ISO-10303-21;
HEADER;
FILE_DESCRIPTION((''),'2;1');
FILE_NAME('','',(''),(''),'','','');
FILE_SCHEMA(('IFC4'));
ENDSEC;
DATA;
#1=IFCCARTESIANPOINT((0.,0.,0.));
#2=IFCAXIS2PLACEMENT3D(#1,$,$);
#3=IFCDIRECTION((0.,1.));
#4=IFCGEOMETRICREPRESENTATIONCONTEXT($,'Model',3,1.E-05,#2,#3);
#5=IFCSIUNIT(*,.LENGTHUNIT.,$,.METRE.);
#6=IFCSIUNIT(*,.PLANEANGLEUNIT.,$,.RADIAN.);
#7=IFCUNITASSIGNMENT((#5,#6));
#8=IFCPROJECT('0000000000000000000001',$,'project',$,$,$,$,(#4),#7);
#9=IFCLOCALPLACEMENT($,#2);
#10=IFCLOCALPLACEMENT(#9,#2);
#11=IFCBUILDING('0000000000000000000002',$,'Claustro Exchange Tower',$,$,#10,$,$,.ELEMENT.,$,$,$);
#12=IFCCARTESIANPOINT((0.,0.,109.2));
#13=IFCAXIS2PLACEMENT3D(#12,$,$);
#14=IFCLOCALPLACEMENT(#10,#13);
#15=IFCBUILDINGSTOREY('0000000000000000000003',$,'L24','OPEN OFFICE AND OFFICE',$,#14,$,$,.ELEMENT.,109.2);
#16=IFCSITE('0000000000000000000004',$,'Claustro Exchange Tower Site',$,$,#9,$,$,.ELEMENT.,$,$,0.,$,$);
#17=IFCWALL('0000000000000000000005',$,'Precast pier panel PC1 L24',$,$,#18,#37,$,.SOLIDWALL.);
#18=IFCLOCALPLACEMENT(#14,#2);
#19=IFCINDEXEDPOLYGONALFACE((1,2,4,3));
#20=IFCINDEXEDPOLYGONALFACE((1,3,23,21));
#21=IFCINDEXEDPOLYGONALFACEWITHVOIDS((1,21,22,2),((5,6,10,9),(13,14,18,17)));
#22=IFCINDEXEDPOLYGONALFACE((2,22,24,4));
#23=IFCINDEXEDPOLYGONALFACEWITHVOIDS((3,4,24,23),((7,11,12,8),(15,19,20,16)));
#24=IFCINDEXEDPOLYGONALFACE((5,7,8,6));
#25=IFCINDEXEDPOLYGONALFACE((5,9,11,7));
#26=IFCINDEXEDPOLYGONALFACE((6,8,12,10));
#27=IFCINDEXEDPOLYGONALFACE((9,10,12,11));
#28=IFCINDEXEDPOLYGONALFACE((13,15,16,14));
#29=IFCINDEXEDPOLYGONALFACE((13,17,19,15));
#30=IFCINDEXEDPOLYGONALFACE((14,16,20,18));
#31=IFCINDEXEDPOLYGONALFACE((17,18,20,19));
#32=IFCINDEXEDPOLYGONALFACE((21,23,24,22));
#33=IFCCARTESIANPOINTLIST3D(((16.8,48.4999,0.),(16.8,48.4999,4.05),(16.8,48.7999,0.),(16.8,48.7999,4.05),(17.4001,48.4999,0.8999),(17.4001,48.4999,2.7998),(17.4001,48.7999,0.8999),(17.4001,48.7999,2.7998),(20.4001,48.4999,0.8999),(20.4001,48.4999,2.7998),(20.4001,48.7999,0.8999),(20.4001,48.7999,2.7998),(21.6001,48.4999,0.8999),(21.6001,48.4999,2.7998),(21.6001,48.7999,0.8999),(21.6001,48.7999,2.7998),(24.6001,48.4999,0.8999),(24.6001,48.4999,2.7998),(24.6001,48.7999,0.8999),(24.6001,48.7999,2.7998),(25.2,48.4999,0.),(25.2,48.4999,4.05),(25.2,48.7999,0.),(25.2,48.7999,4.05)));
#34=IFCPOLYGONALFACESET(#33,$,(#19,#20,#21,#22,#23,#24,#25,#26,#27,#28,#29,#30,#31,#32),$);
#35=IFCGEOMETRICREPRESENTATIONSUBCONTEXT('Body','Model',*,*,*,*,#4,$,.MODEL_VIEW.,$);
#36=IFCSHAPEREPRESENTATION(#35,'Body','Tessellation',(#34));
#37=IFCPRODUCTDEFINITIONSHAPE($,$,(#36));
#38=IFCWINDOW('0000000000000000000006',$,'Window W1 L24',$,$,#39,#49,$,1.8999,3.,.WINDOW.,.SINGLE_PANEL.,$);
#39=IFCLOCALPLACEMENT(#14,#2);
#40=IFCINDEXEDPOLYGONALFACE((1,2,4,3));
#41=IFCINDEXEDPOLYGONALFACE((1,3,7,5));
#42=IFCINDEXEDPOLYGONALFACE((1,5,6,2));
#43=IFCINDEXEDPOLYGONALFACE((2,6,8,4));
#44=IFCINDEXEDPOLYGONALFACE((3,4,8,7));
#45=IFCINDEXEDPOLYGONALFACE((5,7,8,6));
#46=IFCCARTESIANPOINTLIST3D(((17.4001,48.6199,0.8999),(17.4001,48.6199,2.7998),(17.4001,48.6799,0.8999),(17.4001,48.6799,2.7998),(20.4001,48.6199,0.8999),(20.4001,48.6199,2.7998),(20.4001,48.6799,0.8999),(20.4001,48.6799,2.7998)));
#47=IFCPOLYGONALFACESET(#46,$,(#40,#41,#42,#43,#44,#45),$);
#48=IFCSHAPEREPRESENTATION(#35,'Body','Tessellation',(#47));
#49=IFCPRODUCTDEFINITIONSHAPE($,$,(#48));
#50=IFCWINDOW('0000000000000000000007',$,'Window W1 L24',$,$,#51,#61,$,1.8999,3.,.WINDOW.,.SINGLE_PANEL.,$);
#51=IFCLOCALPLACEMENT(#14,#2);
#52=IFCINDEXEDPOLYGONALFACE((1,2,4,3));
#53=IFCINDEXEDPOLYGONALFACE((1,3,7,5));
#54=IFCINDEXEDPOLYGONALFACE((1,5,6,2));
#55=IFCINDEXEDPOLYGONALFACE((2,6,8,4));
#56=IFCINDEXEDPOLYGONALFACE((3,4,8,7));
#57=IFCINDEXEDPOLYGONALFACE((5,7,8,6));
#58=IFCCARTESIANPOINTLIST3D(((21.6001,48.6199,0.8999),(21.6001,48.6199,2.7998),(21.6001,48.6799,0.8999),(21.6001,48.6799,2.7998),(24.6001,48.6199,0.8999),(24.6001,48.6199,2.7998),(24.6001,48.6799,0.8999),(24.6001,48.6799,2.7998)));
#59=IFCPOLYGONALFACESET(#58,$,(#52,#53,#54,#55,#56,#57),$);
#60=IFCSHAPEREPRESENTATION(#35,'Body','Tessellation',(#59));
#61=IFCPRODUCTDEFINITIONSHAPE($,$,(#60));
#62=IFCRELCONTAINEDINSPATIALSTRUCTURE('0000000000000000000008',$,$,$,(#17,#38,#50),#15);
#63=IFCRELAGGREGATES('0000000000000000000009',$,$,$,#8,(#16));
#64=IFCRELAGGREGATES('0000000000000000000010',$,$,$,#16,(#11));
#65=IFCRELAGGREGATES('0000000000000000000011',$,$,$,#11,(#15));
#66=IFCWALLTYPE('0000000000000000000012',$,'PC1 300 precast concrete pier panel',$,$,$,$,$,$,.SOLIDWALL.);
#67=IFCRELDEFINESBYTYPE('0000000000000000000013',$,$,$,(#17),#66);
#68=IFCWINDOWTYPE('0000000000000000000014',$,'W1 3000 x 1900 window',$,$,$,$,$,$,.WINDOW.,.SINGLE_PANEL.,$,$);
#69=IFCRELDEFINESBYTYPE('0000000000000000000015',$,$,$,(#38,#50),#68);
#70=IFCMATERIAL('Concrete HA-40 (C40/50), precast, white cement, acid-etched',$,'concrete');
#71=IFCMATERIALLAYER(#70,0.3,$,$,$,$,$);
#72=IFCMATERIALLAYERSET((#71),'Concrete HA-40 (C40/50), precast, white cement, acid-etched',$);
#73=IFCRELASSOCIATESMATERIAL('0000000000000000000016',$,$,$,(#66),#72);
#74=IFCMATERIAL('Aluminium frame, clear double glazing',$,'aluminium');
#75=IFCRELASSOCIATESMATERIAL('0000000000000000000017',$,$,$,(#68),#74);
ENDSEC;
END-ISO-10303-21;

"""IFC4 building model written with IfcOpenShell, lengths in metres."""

from ifc_helpers import new_model, si_unit, direction, frame, frame_2d, origin, place, context, subcontext, project, spatial, rectangle, extrude, material, layer, layer_set, type_object, element, fill, save


model = new_model("IFC4")

# Units and contexts
model_context = context("Model", 3, precision=1e-05, world=origin(), true_north=direction((0.0, 1.0)))
body_context = subcontext(model_context, "Body", "Model", "MODEL_VIEW")
ifc_project = project(units=[si_unit("LENGTHUNIT", "METRE"), si_unit("PLANEANGLEUNIT", "RADIAN")], contexts=[model_context])

# Site, building, storey
site_placement = place(None, origin())
site = spatial("IfcSite", under=ifc_project, at=site_placement, Name="Claustro Exchange Tower Site", CompositionType="ELEMENT", RefElevation=0.0)
building_placement = place(site_placement, origin())
building = spatial("IfcBuilding", under=site, at=building_placement, Name="Claustro Exchange Tower", CompositionType="ELEMENT")
storey_placement = place(building_placement, frame((0.0, 0.0, 109.2)))
storey = spatial("IfcBuildingStorey", under=building, at=storey_placement, Name="L24", Description="OPEN OFFICE AND OFFICE", CompositionType="ELEMENT", Elevation=109.2)

# Wall, openings, windows
ifc_material_1 = material(Name="Concrete HA-40 (C40/50), precast, white cement, acid-etched", Category="concrete")
ifc_layer_1 = layer(ifc_material_1, 0.3)
ifc_layer_set_1 = layer_set([ifc_layer_1], Name="Concrete HA-40 (C40/50), precast, white cement, acid-etched")
wall_type_1 = type_object("IfcWallType", Name="PC1 300 precast concrete pier panel", PredefinedType="SOLIDWALL", material=ifc_layer_set_1)
ifc_material_2 = material(Name="Aluminium frame, clear double glazing", Category="aluminium")
window_type = type_object("IfcWindowType", Name="W1 3000 x 1900 window", PartitioningType="SINGLE_PANEL", PredefinedType="WINDOW", material=ifc_material_2)
wall_1_placement = place(storey_placement, frame((16.8, 48.6499, 0.0), z_axis=(0.0, 0.0, 1.0), x_axis=(1.0, 0.0, 0.0)))
wall_1 = element("IfcWall", 1, at=wall_1_placement, inside=storey, type_object=wall_type_1, Name="Precast pier panel PC1 L24", PredefinedType="SOLIDWALL", context=body_context, shape_type="SweptSolid", body=[
    extrude(rectangle(XDim=8.3999, YDim=0.3, at=frame_2d((4.2, 0.0))), origin(), (0.0, 0.0, 1.0), 4.05),
])
opening_1_placement = place(wall_1_placement, frame((0.6001, 0.0, 0.8999)))
opening_1 = element("IfcOpeningElement", 2, at=opening_1_placement, cuts=wall_1, PredefinedType="OPENING", context=body_context, shape_type="SweptSolid", body=[
    extrude(rectangle(XDim=3.0, YDim=1.8999, at=frame_2d((1.5, 0.95))), frame((0.0, 0.1599, 0.0), z_axis=(0.0, -1.0, 0.0), x_axis=(1.0, 0.0, 0.0)), (0.0, 0.0, 1.0), 0.3201),
])
opening_2_placement = place(wall_1_placement, frame((4.8, 0.0, 0.8999)))
opening_2 = element("IfcOpeningElement", 3, at=opening_2_placement, cuts=wall_1, PredefinedType="OPENING", context=body_context, shape_type="SweptSolid", body=[
    extrude(rectangle(XDim=3.0, YDim=1.8999, at=frame_2d((1.5, 0.95))), frame((0.0, 0.1599, 0.0), z_axis=(0.0, -1.0, 0.0), x_axis=(1.0, 0.0, 0.0)), (0.0, 0.0, 1.0), 0.3201),
])
window_1_placement = place(opening_1_placement, origin())
window_1 = element("IfcWindow", 4, at=window_1_placement, inside=storey, type_object=window_type, Name="Window W1 L24", OverallHeight=1.8999, OverallWidth=3.0, PartitioningType="SINGLE_PANEL", PredefinedType="WINDOW", context=body_context, shape_type="SweptSolid", body=[
    extrude(rectangle(XDim=3.0, YDim=1.8999, at=frame_2d((1.5, 0.95))), frame((0.0, 0.03, 0.0), z_axis=(0.0, -1.0, 0.0), x_axis=(1.0, 0.0, 0.0)), (0.0, 0.0, 1.0), 0.0601),
])
fill(opening_1, window_1)
window_2_placement = place(opening_2_placement, origin())
window_2 = element("IfcWindow", 5, at=window_2_placement, inside=storey, type_object=window_type, Name="Window W1 L24", OverallHeight=1.8999, OverallWidth=3.0, PartitioningType="SINGLE_PANEL", PredefinedType="WINDOW", context=body_context, shape_type="SweptSolid", body=[
    extrude(rectangle(XDim=3.0, YDim=1.8999, at=frame_2d((1.5, 0.95))), frame((0.0, 0.03, 0.0), z_axis=(0.0, -1.0, 0.0), x_axis=(1.0, 0.0, 0.0)), (0.0, 0.0, 1.0), 0.0601),
])
fill(opening_2, window_2)

save(model, "model.ifc")
